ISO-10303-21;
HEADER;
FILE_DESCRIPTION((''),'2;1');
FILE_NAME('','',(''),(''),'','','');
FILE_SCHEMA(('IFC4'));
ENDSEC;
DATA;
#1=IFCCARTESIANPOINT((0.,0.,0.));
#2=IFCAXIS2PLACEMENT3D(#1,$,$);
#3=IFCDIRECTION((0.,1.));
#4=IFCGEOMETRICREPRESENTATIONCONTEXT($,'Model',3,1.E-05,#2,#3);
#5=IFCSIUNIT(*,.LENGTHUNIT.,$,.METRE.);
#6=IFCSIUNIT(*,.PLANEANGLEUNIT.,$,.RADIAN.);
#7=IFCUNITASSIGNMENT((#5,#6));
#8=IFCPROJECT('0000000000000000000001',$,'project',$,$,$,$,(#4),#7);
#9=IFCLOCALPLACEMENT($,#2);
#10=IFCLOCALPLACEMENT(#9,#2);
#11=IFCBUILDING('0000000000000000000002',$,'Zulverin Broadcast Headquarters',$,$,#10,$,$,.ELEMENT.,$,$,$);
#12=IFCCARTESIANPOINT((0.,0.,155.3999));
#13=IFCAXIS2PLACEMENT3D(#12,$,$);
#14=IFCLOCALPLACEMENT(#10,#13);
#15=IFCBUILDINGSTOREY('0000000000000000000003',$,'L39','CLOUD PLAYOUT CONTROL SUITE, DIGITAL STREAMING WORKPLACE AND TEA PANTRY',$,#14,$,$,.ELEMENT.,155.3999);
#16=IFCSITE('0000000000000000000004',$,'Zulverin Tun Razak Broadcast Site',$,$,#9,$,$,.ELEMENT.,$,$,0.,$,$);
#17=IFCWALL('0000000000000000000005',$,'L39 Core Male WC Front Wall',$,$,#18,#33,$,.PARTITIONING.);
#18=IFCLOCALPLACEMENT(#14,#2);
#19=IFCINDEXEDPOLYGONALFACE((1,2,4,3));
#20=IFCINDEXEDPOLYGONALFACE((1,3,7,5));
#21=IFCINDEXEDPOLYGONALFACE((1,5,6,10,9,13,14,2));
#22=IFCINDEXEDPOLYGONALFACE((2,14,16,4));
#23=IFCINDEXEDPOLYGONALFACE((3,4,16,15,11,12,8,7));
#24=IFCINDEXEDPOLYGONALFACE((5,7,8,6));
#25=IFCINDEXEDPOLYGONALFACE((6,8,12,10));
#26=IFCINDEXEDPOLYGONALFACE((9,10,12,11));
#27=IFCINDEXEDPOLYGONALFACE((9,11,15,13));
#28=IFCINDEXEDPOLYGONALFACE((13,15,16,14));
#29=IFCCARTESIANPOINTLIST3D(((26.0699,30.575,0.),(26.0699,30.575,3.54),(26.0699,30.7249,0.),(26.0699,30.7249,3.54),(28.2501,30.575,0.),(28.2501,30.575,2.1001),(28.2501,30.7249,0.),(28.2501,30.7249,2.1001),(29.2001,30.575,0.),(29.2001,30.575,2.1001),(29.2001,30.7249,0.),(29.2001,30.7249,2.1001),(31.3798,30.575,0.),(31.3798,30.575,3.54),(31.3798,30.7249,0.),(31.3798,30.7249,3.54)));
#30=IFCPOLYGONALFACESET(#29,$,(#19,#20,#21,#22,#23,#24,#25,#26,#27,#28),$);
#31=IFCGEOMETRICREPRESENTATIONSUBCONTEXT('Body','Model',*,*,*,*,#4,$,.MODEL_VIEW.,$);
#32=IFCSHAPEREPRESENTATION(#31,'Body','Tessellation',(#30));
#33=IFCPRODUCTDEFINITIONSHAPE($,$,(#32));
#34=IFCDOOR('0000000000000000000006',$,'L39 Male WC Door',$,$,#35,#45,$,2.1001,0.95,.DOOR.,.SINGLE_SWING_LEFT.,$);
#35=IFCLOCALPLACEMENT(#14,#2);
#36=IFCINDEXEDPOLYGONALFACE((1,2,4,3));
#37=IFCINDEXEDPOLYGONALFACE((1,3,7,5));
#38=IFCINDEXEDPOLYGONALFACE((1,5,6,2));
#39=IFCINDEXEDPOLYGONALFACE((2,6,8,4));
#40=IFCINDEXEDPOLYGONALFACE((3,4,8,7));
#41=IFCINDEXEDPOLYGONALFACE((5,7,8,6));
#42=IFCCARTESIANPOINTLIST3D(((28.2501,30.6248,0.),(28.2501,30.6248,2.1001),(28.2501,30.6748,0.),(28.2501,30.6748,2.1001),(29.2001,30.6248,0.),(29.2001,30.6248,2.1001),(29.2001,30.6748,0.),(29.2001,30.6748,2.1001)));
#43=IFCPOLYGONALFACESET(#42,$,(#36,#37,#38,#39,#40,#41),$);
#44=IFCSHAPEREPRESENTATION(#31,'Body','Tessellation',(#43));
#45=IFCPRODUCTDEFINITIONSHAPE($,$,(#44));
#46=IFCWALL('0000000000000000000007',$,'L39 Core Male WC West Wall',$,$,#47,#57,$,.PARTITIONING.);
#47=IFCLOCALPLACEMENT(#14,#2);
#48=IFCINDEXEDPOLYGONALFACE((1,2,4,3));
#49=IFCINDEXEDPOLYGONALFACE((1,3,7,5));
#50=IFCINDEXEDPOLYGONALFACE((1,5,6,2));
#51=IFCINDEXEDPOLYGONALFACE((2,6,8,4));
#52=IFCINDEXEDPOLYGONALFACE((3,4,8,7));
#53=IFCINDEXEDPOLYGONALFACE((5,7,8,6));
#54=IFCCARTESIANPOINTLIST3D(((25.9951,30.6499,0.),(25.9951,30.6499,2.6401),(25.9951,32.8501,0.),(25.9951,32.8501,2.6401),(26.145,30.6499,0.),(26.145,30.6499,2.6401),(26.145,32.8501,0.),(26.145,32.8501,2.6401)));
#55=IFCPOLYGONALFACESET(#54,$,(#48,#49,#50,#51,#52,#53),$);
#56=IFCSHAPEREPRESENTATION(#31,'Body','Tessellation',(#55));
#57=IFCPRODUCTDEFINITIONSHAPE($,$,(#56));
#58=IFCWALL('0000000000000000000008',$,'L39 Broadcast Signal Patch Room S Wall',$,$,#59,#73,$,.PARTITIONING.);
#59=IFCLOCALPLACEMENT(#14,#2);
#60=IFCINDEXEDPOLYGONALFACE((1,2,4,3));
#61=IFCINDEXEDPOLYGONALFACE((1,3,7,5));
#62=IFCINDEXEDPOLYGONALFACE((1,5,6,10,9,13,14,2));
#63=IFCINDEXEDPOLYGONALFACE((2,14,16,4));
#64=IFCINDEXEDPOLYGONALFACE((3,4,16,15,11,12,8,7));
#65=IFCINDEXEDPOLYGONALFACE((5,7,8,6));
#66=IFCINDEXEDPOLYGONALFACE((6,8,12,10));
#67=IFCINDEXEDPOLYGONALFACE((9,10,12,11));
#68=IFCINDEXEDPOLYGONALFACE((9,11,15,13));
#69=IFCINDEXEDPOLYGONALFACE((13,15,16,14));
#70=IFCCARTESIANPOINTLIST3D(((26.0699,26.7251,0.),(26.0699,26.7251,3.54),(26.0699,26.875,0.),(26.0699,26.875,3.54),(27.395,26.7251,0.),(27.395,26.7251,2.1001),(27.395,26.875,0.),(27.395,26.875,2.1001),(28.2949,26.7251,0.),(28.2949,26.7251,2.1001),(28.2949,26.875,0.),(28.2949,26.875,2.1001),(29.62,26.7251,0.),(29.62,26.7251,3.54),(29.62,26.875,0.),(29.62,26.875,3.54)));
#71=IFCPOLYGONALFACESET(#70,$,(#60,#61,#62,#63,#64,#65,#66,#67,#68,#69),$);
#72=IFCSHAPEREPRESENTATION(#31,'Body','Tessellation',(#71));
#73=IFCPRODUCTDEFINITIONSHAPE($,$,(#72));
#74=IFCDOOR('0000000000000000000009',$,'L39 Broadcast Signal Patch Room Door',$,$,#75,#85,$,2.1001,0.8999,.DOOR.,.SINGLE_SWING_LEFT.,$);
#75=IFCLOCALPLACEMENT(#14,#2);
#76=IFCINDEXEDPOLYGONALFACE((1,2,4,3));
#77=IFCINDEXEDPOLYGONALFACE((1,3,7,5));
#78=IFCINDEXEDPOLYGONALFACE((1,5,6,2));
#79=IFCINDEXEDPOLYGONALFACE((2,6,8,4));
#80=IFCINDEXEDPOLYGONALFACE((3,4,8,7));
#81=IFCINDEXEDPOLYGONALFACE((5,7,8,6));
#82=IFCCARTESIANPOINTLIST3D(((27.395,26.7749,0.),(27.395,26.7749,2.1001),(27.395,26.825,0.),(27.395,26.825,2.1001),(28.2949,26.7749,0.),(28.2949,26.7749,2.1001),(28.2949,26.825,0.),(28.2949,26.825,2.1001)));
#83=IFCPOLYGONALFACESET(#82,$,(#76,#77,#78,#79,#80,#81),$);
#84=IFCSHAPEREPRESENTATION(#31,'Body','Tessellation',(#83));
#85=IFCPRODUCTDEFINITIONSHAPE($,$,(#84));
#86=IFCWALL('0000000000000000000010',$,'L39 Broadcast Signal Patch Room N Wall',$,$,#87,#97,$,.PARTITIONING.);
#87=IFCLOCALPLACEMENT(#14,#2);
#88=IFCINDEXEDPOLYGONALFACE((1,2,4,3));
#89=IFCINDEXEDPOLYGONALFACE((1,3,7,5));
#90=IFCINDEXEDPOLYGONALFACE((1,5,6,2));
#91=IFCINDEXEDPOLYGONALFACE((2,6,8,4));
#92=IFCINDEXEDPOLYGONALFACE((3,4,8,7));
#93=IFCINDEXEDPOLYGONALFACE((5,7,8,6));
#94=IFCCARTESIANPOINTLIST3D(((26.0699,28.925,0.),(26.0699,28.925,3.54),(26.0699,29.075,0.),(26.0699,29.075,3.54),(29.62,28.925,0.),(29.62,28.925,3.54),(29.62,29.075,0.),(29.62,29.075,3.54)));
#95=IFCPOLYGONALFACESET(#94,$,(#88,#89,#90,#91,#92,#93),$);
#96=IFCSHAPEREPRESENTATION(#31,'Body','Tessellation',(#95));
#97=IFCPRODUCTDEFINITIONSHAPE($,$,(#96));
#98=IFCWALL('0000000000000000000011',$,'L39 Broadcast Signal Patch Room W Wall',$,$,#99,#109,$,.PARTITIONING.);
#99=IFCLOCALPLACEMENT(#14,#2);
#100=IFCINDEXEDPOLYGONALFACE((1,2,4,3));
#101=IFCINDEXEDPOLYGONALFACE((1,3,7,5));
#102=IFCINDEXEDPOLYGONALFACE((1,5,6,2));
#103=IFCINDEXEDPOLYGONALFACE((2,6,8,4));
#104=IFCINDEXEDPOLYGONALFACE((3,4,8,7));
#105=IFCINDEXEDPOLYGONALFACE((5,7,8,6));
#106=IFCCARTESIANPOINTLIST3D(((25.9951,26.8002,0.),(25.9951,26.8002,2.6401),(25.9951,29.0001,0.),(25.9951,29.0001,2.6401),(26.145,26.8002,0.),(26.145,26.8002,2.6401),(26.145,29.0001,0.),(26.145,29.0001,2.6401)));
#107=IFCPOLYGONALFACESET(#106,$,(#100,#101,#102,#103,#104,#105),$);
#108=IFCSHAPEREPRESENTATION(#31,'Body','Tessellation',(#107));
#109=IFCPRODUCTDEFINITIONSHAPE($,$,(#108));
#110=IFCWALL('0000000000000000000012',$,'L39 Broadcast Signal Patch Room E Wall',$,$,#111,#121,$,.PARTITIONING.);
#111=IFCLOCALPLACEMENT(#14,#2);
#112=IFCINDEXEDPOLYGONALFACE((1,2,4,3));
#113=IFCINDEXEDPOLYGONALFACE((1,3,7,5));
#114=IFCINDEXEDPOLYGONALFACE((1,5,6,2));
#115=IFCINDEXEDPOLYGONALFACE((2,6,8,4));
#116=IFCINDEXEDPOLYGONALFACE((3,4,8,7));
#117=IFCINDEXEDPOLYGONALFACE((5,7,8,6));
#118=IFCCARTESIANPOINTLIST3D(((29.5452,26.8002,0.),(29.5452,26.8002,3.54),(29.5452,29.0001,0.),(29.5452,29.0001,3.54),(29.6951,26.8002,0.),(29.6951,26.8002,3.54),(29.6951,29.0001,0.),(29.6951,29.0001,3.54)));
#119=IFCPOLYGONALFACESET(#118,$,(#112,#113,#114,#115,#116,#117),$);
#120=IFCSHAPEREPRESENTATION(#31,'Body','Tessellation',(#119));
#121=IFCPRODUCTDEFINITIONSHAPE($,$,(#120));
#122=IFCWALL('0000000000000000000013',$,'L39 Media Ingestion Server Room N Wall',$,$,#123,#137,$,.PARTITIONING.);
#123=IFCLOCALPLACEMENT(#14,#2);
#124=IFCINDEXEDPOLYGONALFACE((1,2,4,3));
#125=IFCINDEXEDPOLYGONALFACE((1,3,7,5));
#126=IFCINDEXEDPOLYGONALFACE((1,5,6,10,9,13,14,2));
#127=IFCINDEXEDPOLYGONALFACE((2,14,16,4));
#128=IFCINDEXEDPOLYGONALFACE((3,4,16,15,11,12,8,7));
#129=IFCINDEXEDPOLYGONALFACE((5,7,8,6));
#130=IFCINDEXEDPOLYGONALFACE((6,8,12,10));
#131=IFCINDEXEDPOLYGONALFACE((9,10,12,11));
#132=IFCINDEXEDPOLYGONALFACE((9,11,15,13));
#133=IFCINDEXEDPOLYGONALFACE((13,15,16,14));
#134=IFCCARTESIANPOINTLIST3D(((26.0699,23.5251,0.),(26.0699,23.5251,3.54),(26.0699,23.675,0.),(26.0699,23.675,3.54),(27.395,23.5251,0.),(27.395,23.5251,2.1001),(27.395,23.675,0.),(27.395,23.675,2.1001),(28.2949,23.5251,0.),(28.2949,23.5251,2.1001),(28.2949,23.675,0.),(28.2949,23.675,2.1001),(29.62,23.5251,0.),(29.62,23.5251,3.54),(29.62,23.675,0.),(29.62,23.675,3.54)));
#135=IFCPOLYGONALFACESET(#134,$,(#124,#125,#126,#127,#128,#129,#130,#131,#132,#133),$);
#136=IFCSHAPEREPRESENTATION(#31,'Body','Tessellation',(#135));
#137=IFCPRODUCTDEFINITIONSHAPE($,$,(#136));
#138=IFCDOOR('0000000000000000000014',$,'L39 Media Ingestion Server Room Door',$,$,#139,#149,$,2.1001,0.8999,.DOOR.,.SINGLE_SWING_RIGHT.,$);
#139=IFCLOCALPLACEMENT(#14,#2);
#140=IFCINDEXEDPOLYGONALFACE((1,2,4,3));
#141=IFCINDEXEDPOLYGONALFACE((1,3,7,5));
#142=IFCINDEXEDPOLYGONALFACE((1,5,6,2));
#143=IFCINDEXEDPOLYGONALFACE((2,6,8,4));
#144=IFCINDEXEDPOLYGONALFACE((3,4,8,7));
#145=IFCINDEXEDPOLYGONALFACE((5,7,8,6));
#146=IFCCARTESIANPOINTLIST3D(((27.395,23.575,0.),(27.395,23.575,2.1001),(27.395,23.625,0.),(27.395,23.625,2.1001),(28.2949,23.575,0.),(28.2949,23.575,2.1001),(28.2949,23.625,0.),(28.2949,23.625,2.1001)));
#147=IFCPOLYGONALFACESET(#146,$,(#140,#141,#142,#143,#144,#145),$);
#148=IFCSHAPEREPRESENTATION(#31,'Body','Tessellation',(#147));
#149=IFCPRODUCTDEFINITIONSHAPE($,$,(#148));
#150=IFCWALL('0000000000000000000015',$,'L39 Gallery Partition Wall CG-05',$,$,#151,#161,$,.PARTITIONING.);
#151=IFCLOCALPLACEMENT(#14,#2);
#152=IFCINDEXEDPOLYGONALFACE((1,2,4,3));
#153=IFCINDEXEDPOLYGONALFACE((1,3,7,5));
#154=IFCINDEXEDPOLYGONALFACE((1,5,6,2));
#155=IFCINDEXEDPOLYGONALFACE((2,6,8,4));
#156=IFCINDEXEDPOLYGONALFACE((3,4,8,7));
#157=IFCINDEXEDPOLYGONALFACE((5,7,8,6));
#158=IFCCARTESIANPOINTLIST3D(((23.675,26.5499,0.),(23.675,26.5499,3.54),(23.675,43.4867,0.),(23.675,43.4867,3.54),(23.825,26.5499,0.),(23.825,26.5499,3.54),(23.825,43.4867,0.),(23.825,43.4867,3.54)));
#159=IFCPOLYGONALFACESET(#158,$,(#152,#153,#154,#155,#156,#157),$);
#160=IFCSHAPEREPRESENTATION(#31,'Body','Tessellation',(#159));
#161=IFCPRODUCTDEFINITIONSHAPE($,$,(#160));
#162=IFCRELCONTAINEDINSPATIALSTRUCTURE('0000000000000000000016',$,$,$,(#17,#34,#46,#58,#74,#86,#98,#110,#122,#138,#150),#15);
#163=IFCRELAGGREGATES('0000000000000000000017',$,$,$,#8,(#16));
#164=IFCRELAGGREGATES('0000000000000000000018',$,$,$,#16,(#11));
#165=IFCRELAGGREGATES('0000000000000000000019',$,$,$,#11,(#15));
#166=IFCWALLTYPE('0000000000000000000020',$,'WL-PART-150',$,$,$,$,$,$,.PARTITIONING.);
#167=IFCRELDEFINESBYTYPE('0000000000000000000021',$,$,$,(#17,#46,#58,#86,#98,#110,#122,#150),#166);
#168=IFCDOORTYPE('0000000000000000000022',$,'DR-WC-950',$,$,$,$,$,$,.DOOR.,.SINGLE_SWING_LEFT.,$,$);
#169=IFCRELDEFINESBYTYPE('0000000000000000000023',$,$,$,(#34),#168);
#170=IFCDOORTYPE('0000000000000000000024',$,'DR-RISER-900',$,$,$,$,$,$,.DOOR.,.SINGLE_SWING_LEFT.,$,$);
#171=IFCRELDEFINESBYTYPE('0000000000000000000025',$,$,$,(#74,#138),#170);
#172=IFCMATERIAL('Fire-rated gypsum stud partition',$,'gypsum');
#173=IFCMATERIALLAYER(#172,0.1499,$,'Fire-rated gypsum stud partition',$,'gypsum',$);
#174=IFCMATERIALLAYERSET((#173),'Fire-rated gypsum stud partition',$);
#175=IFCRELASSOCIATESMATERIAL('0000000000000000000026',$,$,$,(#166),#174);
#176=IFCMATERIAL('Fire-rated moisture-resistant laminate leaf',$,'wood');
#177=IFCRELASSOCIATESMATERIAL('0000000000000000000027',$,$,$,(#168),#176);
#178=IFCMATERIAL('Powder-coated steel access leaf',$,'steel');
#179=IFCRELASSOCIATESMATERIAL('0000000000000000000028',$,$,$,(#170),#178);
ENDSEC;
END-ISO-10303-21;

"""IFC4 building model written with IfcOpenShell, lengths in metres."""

from ifc_helpers import new_model, si_unit, direction, frame, frame_2d, origin, place, context, subcontext, project, spatial, rectangle, extrude, material, layer, layer_set, type_object, element, fill, save


model = new_model("IFC4")

# Units and contexts
model_context = context("Model", 3, precision=1e-05, world=origin(), true_north=direction((0.0, 1.0)))
body_context = subcontext(model_context, "Body", "Model", "MODEL_VIEW")
ifc_project = project(units=[si_unit("LENGTHUNIT", "METRE"), si_unit("PLANEANGLEUNIT", "RADIAN")], contexts=[model_context])

# Site, building, storey
site_placement = place(None, origin())
site = spatial("IfcSite", under=ifc_project, at=site_placement, Name="Zulverin Tun Razak Broadcast Site", CompositionType="ELEMENT", RefElevation=0.0)
building_placement = place(site_placement, origin())
building = spatial("IfcBuilding", under=site, at=building_placement, Name="Zulverin Broadcast Headquarters", CompositionType="ELEMENT")
storey_placement = place(building_placement, frame((0.0, 0.0, 155.3999)))
storey = spatial("IfcBuildingStorey", under=building, at=storey_placement, Name="L39", Description="CLOUD PLAYOUT CONTROL SUITE, DIGITAL STREAMING WORKPLACE AND TEA PANTRY", CompositionType="ELEMENT", Elevation=155.3999)

# Wall, opening, door
ifc_material_1 = material(Name="Fire-rated gypsum stud partition", Category="gypsum")
ifc_layer_1 = layer(ifc_material_1, 0.1499, Name="Fire-rated gypsum stud partition", Category="gypsum")
ifc_layer_set_1 = layer_set([ifc_layer_1], Name="Fire-rated gypsum stud partition")
wall_type_1 = type_object("IfcWallType", Name="WL-PART-150", PredefinedType="PARTITIONING", material=ifc_layer_set_1)
wall_1_placement = place(storey_placement, frame((26.0701, 30.6499, 0.0), z_axis=(0.0, 0.0, 1.0), x_axis=(1.0, 0.0, 0.0)))
wall_1 = element("IfcWall", 1, at=wall_1_placement, inside=storey, type_object=wall_type_1, Name="L39 Core Male WC Front Wall", PredefinedType="PARTITIONING", context=body_context, shape_type="SweptSolid", body=[
    extrude(rectangle(XDim=5.3098, YDim=0.1499, at=frame_2d((2.6548, 0.0))), origin(), (0.0, 0.0, 1.0), 3.54),
])
opening_1_placement = place(wall_1_placement, frame((2.1799, 0.0, 0.0)))
opening_1 = element("IfcOpeningElement", 2, at=opening_1_placement, cuts=wall_1, PredefinedType="OPENING", context=body_context, shape_type="SweptSolid", body=[
    extrude(rectangle(XDim=0.95, YDim=2.1001, at=frame_2d((0.4751, 1.05))), frame((0.0, 0.085, 0.0), z_axis=(0.0, -1.0, 0.0), x_axis=(1.0, 0.0, 0.0)), (0.0, 0.0, 1.0), 0.1699),
])
ifc_material_2 = material(Name="Fire-rated moisture-resistant laminate leaf", Category="wood")
door_type_1 = type_object("IfcDoorType", Name="DR-WC-950", OperationType="SINGLE_SWING_LEFT", PredefinedType="DOOR", material=ifc_material_2)
door_1_placement = place(opening_1_placement, origin())
door_1 = element("IfcDoor", 3, at=door_1_placement, inside=storey, type_object=door_type_1, Name="L39 Male WC Door", OperationType="SINGLE_SWING_LEFT", OverallHeight=2.1001, OverallWidth=0.95, PredefinedType="DOOR", context=body_context, shape_type="SweptSolid", body=[
    extrude(rectangle(XDim=0.95, YDim=2.1001, at=frame_2d((0.4751, 1.05))), frame((0.0, 0.0249, 0.0), z_axis=(0.0, -1.0, 0.0), x_axis=(1.0, 0.0, 0.0)), (0.0, 0.0, 1.0), 0.05),
])
fill(opening_1, door_1)

# Wall
wall_2_placement = place(storey_placement, frame((26.0701, 30.6499, 0.0), z_axis=(0.0, 0.0, 1.0), x_axis=(0.0, 1.0, 0.0)))
element("IfcWall", 4, at=wall_2_placement, inside=storey, type_object=wall_type_1, Name="L39 Core Male WC West Wall", PredefinedType="PARTITIONING", context=body_context, shape_type="SweptSolid", body=[
    extrude(rectangle(XDim=2.2002, YDim=0.1499, at=frame_2d((1.1001, 0.0))), origin(), (0.0, 0.0, 1.0), 2.6401),
])

# Wall, opening, door
wall_3_placement = place(storey_placement, frame((26.0701, 26.8, 0.0), z_axis=(0.0, 0.0, 1.0), x_axis=(1.0, 0.0, 0.0)))
wall_3 = element("IfcWall", 5, at=wall_3_placement, inside=storey, type_object=wall_type_1, Name="L39 Broadcast Signal Patch Room S Wall", PredefinedType="PARTITIONING", context=body_context, shape_type="SweptSolid", body=[
    extrude(rectangle(XDim=3.55, YDim=0.1499, at=frame_2d((1.7749, 0.0))), origin(), (0.0, 0.0, 1.0), 3.54),
])
opening_2_placement = place(wall_3_placement, frame((1.325, 0.0, 0.0)))
opening_2 = element("IfcOpeningElement", 6, at=opening_2_placement, cuts=wall_3, PredefinedType="OPENING", context=body_context, shape_type="SweptSolid", body=[
    extrude(rectangle(XDim=0.8999, YDim=2.1001, at=frame_2d((0.45, 1.05))), frame((0.0, 0.085, 0.0), z_axis=(0.0, -1.0, 0.0), x_axis=(1.0, 0.0, 0.0)), (0.0, 0.0, 1.0), 0.1699),
])
ifc_material_3 = material(Name="Powder-coated steel access leaf", Category="steel")
door_type_2 = type_object("IfcDoorType", Name="DR-RISER-900", OperationType="SINGLE_SWING_LEFT", PredefinedType="DOOR", material=ifc_material_3)
door_2_placement = place(opening_2_placement, origin())
door_2 = element("IfcDoor", 7, at=door_2_placement, inside=storey, type_object=door_type_2, Name="L39 Broadcast Signal Patch Room Door", OperationType="SINGLE_SWING_LEFT", OverallHeight=2.1001, OverallWidth=0.8999, PredefinedType="DOOR", context=body_context, shape_type="SweptSolid", body=[
    extrude(rectangle(XDim=0.8999, YDim=2.1001, at=frame_2d((0.45, 1.05))), frame((0.0, 0.0249, 0.0), z_axis=(0.0, -1.0, 0.0), x_axis=(1.0, 0.0, 0.0)), (0.0, 0.0, 1.0), 0.05),
])
fill(opening_2, door_2)

# Walls
wall_4_placement = place(storey_placement, frame((26.0701, 29.0, 0.0), z_axis=(0.0, 0.0, 1.0), x_axis=(1.0, 0.0, 0.0)))
element("IfcWall", 8, at=wall_4_placement, inside=storey, type_object=wall_type_1, Name="L39 Broadcast Signal Patch Room N Wall", PredefinedType="PARTITIONING", context=body_context, shape_type="SweptSolid", body=[
    extrude(rectangle(XDim=3.55, YDim=0.1499, at=frame_2d((1.7749, 0.0))), origin(), (0.0, 0.0, 1.0), 3.54),
])
wall_5_placement = place(storey_placement, frame((26.0701, 26.8, 0.0), z_axis=(0.0, 0.0, 1.0), x_axis=(0.0, 1.0, 0.0)))
element("IfcWall", 9, at=wall_5_placement, inside=storey, type_object=wall_type_1, Name="L39 Broadcast Signal Patch Room W Wall", PredefinedType="PARTITIONING", context=body_context, shape_type="SweptSolid", body=[
    extrude(rectangle(XDim=2.2, YDim=0.1499, at=frame_2d((1.1001, 0.0))), origin(), (0.0, 0.0, 1.0), 2.6401),
])
wall_6_placement = place(storey_placement, frame((29.6201, 26.8, 0.0), z_axis=(0.0, 0.0, 1.0), x_axis=(0.0, 1.0, 0.0)))
element("IfcWall", 10, at=wall_6_placement, inside=storey, type_object=wall_type_1, Name="L39 Broadcast Signal Patch Room E Wall", PredefinedType="PARTITIONING", context=body_context, shape_type="SweptSolid", body=[
    extrude(rectangle(XDim=2.2, YDim=0.1499, at=frame_2d((1.1001, 0.0))), origin(), (0.0, 0.0, 1.0), 3.54),
])

# Wall, opening, door
wall_7_placement = place(storey_placement, frame((26.0701, 23.6001, 0.0), z_axis=(0.0, 0.0, 1.0), x_axis=(1.0, 0.0, 0.0)))
wall_7 = element("IfcWall", 11, at=wall_7_placement, inside=storey, type_object=wall_type_1, Name="L39 Media Ingestion Server Room N Wall", PredefinedType="PARTITIONING", context=body_context, shape_type="SweptSolid", body=[
    extrude(rectangle(XDim=3.55, YDim=0.1499, at=frame_2d((1.7749, 0.0))), origin(), (0.0, 0.0, 1.0), 3.54),
])
opening_3_placement = place(wall_7_placement, frame((1.325, 0.0, 0.0)))
opening_3 = element("IfcOpeningElement", 12, at=opening_3_placement, cuts=wall_7, PredefinedType="OPENING", context=body_context, shape_type="SweptSolid", body=[
    extrude(rectangle(XDim=0.8999, YDim=2.1001, at=frame_2d((0.45, 1.05))), frame((0.0, 0.085, 0.0), z_axis=(0.0, -1.0, 0.0), x_axis=(1.0, 0.0, 0.0)), (0.0, 0.0, 1.0), 0.1699),
])
door_3_placement = place(opening_3_placement, origin())
door_3 = element("IfcDoor", 13, at=door_3_placement, inside=storey, type_object=door_type_2, Name="L39 Media Ingestion Server Room Door", OperationType="SINGLE_SWING_RIGHT", OverallHeight=2.1001, OverallWidth=0.8999, PredefinedType="DOOR", context=body_context, shape_type="SweptSolid", body=[
    extrude(rectangle(XDim=0.8999, YDim=2.1001, at=frame_2d((0.45, 1.05))), frame((0.0, 0.0249, 0.0), z_axis=(0.0, -1.0, 0.0), x_axis=(1.0, 0.0, 0.0)), (0.0, 0.0, 1.0), 0.05),
])
fill(opening_3, door_3)

# Wall
wall_8_placement = place(storey_placement, frame((23.75, 26.55, 0.0), z_axis=(0.0, 0.0, 1.0), x_axis=(0.0, 1.0, 0.0)))
element("IfcWall", 14, at=wall_8_placement, inside=storey, type_object=wall_type_1, Name="L39 Gallery Partition Wall CG-05", PredefinedType="PARTITIONING", context=body_context, shape_type="SweptSolid", body=[
    extrude(rectangle(XDim=16.9368, YDim=0.1499, at=frame_2d((8.4683, 0.0))), origin(), (0.0, 0.0, 1.0), 3.54),
])

save(model, "model.ifc")
